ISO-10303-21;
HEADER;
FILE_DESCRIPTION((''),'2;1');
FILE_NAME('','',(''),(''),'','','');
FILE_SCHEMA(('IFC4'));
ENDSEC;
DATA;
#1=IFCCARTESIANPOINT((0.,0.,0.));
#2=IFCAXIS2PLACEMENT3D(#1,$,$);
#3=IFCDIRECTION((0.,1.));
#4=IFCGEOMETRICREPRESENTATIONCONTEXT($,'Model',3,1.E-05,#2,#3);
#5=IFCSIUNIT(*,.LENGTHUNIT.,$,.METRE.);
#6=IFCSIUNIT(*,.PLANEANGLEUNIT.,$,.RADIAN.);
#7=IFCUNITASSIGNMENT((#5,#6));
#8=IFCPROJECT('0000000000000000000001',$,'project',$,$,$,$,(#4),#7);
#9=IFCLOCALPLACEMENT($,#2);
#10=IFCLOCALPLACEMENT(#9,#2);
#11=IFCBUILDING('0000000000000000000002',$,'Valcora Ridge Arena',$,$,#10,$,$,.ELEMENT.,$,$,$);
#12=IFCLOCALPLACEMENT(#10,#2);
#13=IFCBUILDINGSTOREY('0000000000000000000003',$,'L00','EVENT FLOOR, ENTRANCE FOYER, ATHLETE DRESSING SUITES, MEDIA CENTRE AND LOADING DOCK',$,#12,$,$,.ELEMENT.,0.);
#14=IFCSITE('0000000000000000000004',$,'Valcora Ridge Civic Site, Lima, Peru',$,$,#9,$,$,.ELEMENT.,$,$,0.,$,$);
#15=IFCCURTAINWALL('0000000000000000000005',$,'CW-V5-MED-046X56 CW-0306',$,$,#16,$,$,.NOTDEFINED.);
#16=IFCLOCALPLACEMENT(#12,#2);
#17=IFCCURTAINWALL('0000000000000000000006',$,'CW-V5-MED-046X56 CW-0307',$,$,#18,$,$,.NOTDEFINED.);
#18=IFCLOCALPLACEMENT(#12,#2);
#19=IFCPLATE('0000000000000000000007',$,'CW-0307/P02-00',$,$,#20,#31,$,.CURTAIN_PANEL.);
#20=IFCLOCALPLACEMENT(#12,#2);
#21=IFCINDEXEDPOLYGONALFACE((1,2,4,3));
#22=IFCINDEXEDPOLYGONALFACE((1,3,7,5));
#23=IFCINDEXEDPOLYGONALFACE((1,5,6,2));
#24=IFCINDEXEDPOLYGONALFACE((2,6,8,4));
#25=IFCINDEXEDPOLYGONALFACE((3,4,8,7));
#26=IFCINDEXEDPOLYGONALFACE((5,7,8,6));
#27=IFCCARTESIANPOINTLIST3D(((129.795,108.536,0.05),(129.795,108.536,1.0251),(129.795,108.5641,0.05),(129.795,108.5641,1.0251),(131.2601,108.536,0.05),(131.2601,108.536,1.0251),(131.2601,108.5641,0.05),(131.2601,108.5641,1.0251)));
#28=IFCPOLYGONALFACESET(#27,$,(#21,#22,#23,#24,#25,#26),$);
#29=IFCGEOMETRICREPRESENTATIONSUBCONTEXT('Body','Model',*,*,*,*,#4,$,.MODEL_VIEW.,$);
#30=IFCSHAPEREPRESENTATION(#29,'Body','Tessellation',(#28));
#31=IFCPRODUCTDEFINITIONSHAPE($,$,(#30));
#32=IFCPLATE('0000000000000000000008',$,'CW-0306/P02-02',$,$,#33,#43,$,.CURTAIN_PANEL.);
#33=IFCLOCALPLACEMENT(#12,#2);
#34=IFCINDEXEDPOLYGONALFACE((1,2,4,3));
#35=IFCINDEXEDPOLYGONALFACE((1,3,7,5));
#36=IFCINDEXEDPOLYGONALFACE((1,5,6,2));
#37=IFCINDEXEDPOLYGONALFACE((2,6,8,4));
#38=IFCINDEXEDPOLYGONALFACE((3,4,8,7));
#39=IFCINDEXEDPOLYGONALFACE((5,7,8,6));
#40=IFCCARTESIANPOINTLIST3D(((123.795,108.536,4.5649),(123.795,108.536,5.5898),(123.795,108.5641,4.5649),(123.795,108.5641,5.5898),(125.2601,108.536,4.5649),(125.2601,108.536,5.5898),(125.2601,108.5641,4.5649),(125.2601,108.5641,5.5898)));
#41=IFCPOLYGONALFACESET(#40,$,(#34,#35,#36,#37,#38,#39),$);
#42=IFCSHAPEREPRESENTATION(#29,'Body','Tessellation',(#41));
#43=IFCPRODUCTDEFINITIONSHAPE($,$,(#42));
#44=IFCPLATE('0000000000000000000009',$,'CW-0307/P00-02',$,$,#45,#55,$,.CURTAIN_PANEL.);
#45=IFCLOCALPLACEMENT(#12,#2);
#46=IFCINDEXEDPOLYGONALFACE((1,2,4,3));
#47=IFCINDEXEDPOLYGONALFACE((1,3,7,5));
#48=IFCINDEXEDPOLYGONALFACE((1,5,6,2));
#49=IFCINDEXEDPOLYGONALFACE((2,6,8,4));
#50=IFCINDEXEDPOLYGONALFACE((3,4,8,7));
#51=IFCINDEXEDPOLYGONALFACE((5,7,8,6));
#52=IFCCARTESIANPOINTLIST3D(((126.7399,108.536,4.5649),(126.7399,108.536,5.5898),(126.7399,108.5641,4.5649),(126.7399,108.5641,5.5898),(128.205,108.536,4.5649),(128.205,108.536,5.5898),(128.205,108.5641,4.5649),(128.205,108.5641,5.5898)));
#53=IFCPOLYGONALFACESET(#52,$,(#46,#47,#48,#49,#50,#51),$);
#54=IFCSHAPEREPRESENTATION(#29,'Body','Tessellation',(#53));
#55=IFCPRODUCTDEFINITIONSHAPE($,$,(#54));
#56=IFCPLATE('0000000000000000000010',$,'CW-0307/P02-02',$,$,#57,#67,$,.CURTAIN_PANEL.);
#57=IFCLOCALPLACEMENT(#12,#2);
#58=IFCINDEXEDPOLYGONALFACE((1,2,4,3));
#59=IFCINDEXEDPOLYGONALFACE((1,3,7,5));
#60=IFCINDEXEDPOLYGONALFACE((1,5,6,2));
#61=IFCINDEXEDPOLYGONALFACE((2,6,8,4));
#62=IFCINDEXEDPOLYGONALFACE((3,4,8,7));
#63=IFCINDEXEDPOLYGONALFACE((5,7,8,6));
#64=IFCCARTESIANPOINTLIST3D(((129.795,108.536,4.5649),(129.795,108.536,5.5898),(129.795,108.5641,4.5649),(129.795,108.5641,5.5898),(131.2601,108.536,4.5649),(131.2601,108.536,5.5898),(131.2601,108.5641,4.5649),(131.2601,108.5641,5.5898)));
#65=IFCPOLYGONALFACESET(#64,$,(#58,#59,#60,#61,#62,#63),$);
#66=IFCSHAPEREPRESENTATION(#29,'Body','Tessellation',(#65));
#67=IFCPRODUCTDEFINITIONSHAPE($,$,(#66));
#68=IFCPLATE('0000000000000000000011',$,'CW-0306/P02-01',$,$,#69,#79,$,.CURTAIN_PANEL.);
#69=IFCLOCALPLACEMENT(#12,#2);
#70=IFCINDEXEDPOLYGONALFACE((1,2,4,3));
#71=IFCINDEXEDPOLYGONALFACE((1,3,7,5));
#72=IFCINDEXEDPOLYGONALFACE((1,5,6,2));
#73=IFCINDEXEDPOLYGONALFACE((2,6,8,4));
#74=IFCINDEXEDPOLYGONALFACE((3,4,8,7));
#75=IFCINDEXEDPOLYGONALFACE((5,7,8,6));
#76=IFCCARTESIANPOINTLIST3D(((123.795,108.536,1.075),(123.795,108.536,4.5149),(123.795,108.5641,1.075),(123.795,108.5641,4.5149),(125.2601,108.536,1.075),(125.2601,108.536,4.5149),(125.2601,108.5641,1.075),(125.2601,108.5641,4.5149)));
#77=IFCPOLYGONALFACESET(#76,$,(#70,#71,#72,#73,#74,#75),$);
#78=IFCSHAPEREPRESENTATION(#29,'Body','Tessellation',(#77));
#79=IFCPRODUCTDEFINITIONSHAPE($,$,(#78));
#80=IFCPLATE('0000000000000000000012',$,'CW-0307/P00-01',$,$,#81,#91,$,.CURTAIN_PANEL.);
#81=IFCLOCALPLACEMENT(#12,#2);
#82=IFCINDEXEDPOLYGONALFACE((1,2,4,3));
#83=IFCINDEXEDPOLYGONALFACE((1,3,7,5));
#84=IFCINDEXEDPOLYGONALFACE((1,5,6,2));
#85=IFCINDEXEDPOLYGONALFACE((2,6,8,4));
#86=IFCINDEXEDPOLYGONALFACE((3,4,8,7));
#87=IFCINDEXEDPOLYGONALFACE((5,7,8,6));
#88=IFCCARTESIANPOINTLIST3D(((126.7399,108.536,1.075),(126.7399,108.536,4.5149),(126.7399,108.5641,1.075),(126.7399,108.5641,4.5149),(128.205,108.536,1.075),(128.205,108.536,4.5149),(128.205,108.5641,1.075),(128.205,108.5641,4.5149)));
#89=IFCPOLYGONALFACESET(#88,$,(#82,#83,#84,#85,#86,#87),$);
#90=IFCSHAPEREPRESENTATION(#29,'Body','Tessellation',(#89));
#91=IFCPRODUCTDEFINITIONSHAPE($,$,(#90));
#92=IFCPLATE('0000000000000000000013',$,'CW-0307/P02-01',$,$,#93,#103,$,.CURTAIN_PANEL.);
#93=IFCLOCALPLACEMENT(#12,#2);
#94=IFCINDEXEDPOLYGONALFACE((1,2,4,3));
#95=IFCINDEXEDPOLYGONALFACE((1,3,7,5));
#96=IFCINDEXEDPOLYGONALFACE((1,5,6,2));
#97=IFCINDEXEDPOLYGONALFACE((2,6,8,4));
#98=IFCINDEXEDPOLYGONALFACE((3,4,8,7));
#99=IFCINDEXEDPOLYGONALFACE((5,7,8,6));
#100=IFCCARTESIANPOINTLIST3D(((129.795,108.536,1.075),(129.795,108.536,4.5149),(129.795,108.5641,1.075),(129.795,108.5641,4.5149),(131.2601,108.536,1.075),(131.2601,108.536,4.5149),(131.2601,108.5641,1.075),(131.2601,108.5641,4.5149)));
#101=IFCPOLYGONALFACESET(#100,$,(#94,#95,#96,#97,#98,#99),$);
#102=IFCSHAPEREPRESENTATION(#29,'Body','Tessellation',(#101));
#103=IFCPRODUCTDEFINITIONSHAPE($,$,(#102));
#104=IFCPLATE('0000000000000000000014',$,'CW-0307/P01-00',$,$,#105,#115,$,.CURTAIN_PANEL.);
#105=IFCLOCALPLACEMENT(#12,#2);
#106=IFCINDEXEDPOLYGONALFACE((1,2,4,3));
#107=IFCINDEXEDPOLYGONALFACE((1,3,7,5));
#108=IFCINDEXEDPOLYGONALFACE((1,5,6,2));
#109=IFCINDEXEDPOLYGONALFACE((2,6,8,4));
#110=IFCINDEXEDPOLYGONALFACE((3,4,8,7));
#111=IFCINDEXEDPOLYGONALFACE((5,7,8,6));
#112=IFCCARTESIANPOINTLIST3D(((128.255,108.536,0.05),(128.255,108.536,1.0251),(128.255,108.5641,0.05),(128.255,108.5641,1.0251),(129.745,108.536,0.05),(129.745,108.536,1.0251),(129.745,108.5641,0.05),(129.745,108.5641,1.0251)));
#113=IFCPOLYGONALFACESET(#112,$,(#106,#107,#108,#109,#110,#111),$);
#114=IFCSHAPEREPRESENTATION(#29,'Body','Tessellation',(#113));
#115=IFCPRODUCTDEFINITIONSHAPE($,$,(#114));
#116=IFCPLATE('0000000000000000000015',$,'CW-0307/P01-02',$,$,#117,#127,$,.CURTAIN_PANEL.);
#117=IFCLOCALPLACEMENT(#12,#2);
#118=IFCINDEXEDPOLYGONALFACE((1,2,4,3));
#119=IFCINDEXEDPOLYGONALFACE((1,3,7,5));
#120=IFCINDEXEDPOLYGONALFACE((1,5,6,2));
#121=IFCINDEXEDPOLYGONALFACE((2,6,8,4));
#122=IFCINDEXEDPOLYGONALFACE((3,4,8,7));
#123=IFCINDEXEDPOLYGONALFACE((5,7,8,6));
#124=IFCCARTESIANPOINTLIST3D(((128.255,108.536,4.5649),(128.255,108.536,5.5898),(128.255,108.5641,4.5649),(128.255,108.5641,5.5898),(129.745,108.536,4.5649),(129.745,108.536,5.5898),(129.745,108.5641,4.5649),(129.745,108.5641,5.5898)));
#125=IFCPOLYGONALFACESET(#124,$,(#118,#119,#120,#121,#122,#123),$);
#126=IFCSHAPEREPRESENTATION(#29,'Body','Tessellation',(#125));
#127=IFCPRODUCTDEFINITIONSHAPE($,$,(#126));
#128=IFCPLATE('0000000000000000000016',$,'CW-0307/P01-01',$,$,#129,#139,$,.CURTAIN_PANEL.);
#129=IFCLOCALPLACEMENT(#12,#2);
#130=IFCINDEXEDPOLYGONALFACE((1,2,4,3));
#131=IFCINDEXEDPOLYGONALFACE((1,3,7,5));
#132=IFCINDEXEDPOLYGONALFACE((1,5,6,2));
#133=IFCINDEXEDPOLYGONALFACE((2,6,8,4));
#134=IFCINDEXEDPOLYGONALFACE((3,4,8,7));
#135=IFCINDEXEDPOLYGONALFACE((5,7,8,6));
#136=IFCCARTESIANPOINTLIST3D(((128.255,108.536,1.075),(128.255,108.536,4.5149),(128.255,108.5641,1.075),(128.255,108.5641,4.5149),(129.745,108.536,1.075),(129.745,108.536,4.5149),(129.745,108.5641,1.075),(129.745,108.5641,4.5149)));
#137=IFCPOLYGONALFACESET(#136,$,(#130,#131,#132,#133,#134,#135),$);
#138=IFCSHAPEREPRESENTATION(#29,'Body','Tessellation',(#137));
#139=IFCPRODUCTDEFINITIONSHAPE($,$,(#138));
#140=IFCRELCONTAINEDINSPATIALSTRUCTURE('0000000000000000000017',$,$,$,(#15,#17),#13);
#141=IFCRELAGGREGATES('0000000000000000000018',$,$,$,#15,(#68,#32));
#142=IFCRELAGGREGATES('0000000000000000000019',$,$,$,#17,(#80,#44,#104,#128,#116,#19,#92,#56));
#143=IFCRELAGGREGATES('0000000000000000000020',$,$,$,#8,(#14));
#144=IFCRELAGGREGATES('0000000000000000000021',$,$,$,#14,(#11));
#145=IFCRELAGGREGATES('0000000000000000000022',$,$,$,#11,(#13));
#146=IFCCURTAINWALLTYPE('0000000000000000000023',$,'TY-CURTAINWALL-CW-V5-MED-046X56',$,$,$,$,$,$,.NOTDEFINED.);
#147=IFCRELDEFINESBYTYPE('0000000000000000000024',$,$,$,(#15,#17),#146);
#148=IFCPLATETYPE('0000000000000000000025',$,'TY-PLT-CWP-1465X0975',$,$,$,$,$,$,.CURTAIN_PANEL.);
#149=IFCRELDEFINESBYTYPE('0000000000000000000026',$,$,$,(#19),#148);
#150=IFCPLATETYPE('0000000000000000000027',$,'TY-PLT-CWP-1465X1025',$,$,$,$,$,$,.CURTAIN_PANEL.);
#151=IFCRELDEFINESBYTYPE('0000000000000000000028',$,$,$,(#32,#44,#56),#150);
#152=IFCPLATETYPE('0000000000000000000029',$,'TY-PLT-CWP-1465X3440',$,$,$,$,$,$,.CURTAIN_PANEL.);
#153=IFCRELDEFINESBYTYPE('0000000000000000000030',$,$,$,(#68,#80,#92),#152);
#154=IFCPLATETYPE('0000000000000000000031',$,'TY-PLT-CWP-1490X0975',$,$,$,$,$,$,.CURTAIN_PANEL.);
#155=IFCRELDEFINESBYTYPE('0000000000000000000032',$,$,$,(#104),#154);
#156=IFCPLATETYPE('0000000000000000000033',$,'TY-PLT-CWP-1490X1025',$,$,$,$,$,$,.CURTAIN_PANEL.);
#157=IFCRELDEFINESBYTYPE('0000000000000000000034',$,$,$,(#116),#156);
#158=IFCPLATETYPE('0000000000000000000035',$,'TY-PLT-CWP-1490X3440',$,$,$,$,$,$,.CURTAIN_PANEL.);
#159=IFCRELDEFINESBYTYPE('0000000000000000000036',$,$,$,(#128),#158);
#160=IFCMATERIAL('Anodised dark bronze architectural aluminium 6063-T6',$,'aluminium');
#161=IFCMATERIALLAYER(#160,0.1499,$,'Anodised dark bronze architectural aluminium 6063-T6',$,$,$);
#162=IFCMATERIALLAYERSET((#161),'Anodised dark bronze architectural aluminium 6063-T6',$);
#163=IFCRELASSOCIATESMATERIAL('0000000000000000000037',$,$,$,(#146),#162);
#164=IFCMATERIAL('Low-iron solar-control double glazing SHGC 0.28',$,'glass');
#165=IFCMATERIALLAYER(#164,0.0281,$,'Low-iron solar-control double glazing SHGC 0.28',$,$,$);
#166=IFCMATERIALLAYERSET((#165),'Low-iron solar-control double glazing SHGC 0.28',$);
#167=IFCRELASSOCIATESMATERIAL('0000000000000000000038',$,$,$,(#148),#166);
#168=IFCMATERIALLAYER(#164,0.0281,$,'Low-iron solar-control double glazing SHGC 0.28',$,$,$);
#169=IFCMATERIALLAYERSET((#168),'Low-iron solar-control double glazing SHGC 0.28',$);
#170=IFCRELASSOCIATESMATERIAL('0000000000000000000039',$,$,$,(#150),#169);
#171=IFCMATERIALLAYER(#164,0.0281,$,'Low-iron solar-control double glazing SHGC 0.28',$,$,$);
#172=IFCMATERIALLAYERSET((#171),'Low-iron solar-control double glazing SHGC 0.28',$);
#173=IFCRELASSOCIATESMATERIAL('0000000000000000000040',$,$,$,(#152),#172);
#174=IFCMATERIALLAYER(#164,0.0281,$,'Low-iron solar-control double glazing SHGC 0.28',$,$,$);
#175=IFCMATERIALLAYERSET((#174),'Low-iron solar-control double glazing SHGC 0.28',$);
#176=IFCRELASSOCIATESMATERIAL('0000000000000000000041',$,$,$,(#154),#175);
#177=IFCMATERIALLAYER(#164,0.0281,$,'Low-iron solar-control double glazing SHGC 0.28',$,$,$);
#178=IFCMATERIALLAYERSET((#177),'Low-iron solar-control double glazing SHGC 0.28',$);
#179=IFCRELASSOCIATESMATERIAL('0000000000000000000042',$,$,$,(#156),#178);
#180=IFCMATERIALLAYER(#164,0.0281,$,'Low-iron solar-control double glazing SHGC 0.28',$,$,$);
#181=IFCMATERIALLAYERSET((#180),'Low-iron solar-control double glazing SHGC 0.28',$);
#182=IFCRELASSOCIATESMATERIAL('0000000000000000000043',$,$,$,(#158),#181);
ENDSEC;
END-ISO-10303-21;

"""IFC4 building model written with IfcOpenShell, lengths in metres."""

from ifc_helpers import new_model, si_unit, direction, frame, origin, origin_2d, place, context, subcontext, project, spatial, rectangle, extrude, material, layer, layer_set, type_object, element, aggregate, save


model = new_model("IFC4")

# Units and contexts
model_context = context("Model", 3, precision=1e-05, world=origin(), true_north=direction((0.0, 1.0)))
body_context = subcontext(model_context, "Body", "Model", "MODEL_VIEW")
ifc_project = project(units=[si_unit("LENGTHUNIT", "METRE"), si_unit("PLANEANGLEUNIT", "RADIAN")], contexts=[model_context])

# Site, building, storey
site_placement = place(None, origin())
site = spatial("IfcSite", under=ifc_project, at=site_placement, Name="Valcora Ridge Civic Site, Lima, Peru", CompositionType="ELEMENT", RefElevation=0.0)
building_placement = place(site_placement, origin())
building = spatial("IfcBuilding", under=site, at=building_placement, Name="Valcora Ridge Arena", CompositionType="ELEMENT")
storey_placement = place(building_placement, origin())
storey = spatial("IfcBuildingStorey", under=building, at=storey_placement, Name="L00", Description="EVENT FLOOR, ENTRANCE FOYER, ATHLETE DRESSING SUITES, MEDIA CENTRE AND LOADING DOCK", CompositionType="ELEMENT", Elevation=0.0)

# Curtain wall
ifc_material_1 = material(Name="Anodised dark bronze architectural aluminium 6063-T6", Category="aluminium")
ifc_layer_1 = layer(ifc_material_1, 0.1499, Name="Anodised dark bronze architectural aluminium 6063-T6")
ifc_layer_set_1 = layer_set([ifc_layer_1], Name="Anodised dark bronze architectural aluminium 6063-T6")
curtain_wall_type = type_object("IfcCurtainWallType", Name="TY-CURTAINWALL-CW-V5-MED-046X56", PredefinedType="NOTDEFINED", material=ifc_layer_set_1)
curtain_wall_1_placement = place(storey_placement, origin())
curtain_wall_1 = element("IfcCurtainWall", 1, at=curtain_wall_1_placement, inside=storey, type_object=curtain_wall_type, Name="CW-V5-MED-046X56 CW-0306", PredefinedType="NOTDEFINED")

# Curtain wall
curtain_wall_2_placement = place(storey_placement, origin())
curtain_wall_2 = element("IfcCurtainWall", 2, at=curtain_wall_2_placement, inside=storey, type_object=curtain_wall_type, Name="CW-V5-MED-046X56 CW-0307", PredefinedType="NOTDEFINED")

# Plates
ifc_material_2 = material(Name="Low-iron solar-control double glazing SHGC 0.28", Category="glass")
ifc_layer_2 = layer(ifc_material_2, 0.0281, Name="Low-iron solar-control double glazing SHGC 0.28")
ifc_layer_set_2 = layer_set([ifc_layer_2], Name="Low-iron solar-control double glazing SHGC 0.28")
plate_type_1 = type_object("IfcPlateType", Name="TY-PLT-CWP-1465X0975", PredefinedType="CURTAIN_PANEL", material=ifc_layer_set_2)
plate_1_placement = place(storey_placement, frame((130.5276, 108.55, 0.05), z_axis=(0.0, 0.0, 1.0), x_axis=(1.0, 0.0, 0.0)))
plate_1 = element("IfcPlate", 3, at=plate_1_placement, type_object=plate_type_1, Name="CW-0307/P02-00", PredefinedType="CURTAIN_PANEL", context=body_context, shape_type="SweptSolid", body=[
    extrude(rectangle(XDim=1.4651, YDim=0.0281, at=origin_2d()), origin(), (0.0, 0.0, 1.0), 0.9751),
])
ifc_layer_3 = layer(ifc_material_2, 0.0281, Name="Low-iron solar-control double glazing SHGC 0.28")
ifc_layer_set_3 = layer_set([ifc_layer_3], Name="Low-iron solar-control double glazing SHGC 0.28")
plate_type_2 = type_object("IfcPlateType", Name="TY-PLT-CWP-1465X1025", PredefinedType="CURTAIN_PANEL", material=ifc_layer_set_3)
plate_2_placement = place(storey_placement, frame((124.5276, 108.55, 4.5649), z_axis=(0.0, 0.0, 1.0), x_axis=(1.0, 0.0, 0.0)))
plate_2 = element("IfcPlate", 4, at=plate_2_placement, type_object=plate_type_2, Name="CW-0306/P02-02", PredefinedType="CURTAIN_PANEL", context=body_context, shape_type="SweptSolid", body=[
    extrude(rectangle(XDim=1.4651, YDim=0.0281, at=origin_2d()), origin(), (0.0, 0.0, 1.0), 1.0249),
])
plate_3_placement = place(storey_placement, frame((127.4724, 108.55, 4.5649), z_axis=(0.0, 0.0, 1.0), x_axis=(1.0, 0.0, 0.0)))
plate_3 = element("IfcPlate", 5, at=plate_3_placement, type_object=plate_type_2, Name="CW-0307/P00-02", PredefinedType="CURTAIN_PANEL", context=body_context, shape_type="SweptSolid", body=[
    extrude(rectangle(XDim=1.4651, YDim=0.0281, at=origin_2d()), origin(), (0.0, 0.0, 1.0), 1.0249),
])
plate_4_placement = place(storey_placement, frame((130.5276, 108.55, 4.5649), z_axis=(0.0, 0.0, 1.0), x_axis=(1.0, 0.0, 0.0)))
plate_4 = element("IfcPlate", 6, at=plate_4_placement, type_object=plate_type_2, Name="CW-0307/P02-02", PredefinedType="CURTAIN_PANEL", context=body_context, shape_type="SweptSolid", body=[
    extrude(rectangle(XDim=1.4651, YDim=0.0281, at=origin_2d()), origin(), (0.0, 0.0, 1.0), 1.0249),
])
ifc_layer_4 = layer(ifc_material_2, 0.0281, Name="Low-iron solar-control double glazing SHGC 0.28")
ifc_layer_set_4 = layer_set([ifc_layer_4], Name="Low-iron solar-control double glazing SHGC 0.28")
plate_type_3 = type_object("IfcPlateType", Name="TY-PLT-CWP-1465X3440", PredefinedType="CURTAIN_PANEL", material=ifc_layer_set_4)
plate_5_placement = place(storey_placement, frame((124.5276, 108.55, 1.075), z_axis=(0.0, 0.0, 1.0), x_axis=(1.0, 0.0, 0.0)))
plate_5 = element("IfcPlate", 7, at=plate_5_placement, type_object=plate_type_3, Name="CW-0306/P02-01", PredefinedType="CURTAIN_PANEL", context=body_context, shape_type="SweptSolid", body=[
    extrude(rectangle(XDim=1.4651, YDim=0.0281, at=origin_2d()), origin(), (0.0, 0.0, 1.0), 3.4399),
])
aggregate(curtain_wall_1, [plate_5, plate_2])
plate_6_placement = place(storey_placement, frame((127.4724, 108.55, 1.075), z_axis=(0.0, 0.0, 1.0), x_axis=(1.0, 0.0, 0.0)))
plate_6 = element("IfcPlate", 8, at=plate_6_placement, type_object=plate_type_3, Name="CW-0307/P00-01", PredefinedType="CURTAIN_PANEL", context=body_context, shape_type="SweptSolid", body=[
    extrude(rectangle(XDim=1.4651, YDim=0.0281, at=origin_2d()), origin(), (0.0, 0.0, 1.0), 3.4399),
])
plate_7_placement = place(storey_placement, frame((130.5276, 108.55, 1.075), z_axis=(0.0, 0.0, 1.0), x_axis=(1.0, 0.0, 0.0)))
plate_7 = element("IfcPlate", 9, at=plate_7_placement, type_object=plate_type_3, Name="CW-0307/P02-01", PredefinedType="CURTAIN_PANEL", context=body_context, shape_type="SweptSolid", body=[
    extrude(rectangle(XDim=1.4651, YDim=0.0281, at=origin_2d()), origin(), (0.0, 0.0, 1.0), 3.4399),
])
ifc_layer_5 = layer(ifc_material_2, 0.0281, Name="Low-iron solar-control double glazing SHGC 0.28")
ifc_layer_set_5 = layer_set([ifc_layer_5], Name="Low-iron solar-control double glazing SHGC 0.28")
plate_type_4 = type_object("IfcPlateType", Name="TY-PLT-CWP-1490X0975", PredefinedType="CURTAIN_PANEL", material=ifc_layer_set_5)
plate_8_placement = place(storey_placement, frame((129.0, 108.55, 0.05), z_axis=(0.0, 0.0, 1.0), x_axis=(1.0, 0.0, 0.0)))
plate_8 = element("IfcPlate", 10, at=plate_8_placement, type_object=plate_type_4, Name="CW-0307/P01-00", PredefinedType="CURTAIN_PANEL", context=body_context, shape_type="SweptSolid", body=[
    extrude(rectangle(XDim=1.49, YDim=0.0281, at=origin_2d()), origin(), (0.0, 0.0, 1.0), 0.9751),
])
ifc_layer_6 = layer(ifc_material_2, 0.0281, Name="Low-iron solar-control double glazing SHGC 0.28")
ifc_layer_set_6 = layer_set([ifc_layer_6], Name="Low-iron solar-control double glazing SHGC 0.28")
plate_type_5 = type_object("IfcPlateType", Name="TY-PLT-CWP-1490X1025", PredefinedType="CURTAIN_PANEL", material=ifc_layer_set_6)
plate_9_placement = place(storey_placement, frame((129.0, 108.55, 4.5649), z_axis=(0.0, 0.0, 1.0), x_axis=(1.0, 0.0, 0.0)))
plate_9 = element("IfcPlate", 11, at=plate_9_placement, type_object=plate_type_5, Name="CW-0307/P01-02", PredefinedType="CURTAIN_PANEL", context=body_context, shape_type="SweptSolid", body=[
    extrude(rectangle(XDim=1.49, YDim=0.0281, at=origin_2d()), origin(), (0.0, 0.0, 1.0), 1.0249),
])
ifc_layer_7 = layer(ifc_material_2, 0.0281, Name="Low-iron solar-control double glazing SHGC 0.28")
ifc_layer_set_7 = layer_set([ifc_layer_7], Name="Low-iron solar-control double glazing SHGC 0.28")
plate_type_6 = type_object("IfcPlateType", Name="TY-PLT-CWP-1490X3440", PredefinedType="CURTAIN_PANEL", material=ifc_layer_set_7)
plate_10_placement = place(storey_placement, frame((129.0, 108.55, 1.075), z_axis=(0.0, 0.0, 1.0), x_axis=(1.0, 0.0, 0.0)))
plate_10 = element("IfcPlate", 12, at=plate_10_placement, type_object=plate_type_6, Name="CW-0307/P01-01", PredefinedType="CURTAIN_PANEL", context=body_context, shape_type="SweptSolid", body=[
    extrude(rectangle(XDim=1.49, YDim=0.0281, at=origin_2d()), origin(), (0.0, 0.0, 1.0), 3.4399),
])
aggregate(curtain_wall_2, [plate_6, plate_3, plate_8, plate_10, plate_9, plate_1, plate_7, plate_4])

save(model, "model.ifc")
